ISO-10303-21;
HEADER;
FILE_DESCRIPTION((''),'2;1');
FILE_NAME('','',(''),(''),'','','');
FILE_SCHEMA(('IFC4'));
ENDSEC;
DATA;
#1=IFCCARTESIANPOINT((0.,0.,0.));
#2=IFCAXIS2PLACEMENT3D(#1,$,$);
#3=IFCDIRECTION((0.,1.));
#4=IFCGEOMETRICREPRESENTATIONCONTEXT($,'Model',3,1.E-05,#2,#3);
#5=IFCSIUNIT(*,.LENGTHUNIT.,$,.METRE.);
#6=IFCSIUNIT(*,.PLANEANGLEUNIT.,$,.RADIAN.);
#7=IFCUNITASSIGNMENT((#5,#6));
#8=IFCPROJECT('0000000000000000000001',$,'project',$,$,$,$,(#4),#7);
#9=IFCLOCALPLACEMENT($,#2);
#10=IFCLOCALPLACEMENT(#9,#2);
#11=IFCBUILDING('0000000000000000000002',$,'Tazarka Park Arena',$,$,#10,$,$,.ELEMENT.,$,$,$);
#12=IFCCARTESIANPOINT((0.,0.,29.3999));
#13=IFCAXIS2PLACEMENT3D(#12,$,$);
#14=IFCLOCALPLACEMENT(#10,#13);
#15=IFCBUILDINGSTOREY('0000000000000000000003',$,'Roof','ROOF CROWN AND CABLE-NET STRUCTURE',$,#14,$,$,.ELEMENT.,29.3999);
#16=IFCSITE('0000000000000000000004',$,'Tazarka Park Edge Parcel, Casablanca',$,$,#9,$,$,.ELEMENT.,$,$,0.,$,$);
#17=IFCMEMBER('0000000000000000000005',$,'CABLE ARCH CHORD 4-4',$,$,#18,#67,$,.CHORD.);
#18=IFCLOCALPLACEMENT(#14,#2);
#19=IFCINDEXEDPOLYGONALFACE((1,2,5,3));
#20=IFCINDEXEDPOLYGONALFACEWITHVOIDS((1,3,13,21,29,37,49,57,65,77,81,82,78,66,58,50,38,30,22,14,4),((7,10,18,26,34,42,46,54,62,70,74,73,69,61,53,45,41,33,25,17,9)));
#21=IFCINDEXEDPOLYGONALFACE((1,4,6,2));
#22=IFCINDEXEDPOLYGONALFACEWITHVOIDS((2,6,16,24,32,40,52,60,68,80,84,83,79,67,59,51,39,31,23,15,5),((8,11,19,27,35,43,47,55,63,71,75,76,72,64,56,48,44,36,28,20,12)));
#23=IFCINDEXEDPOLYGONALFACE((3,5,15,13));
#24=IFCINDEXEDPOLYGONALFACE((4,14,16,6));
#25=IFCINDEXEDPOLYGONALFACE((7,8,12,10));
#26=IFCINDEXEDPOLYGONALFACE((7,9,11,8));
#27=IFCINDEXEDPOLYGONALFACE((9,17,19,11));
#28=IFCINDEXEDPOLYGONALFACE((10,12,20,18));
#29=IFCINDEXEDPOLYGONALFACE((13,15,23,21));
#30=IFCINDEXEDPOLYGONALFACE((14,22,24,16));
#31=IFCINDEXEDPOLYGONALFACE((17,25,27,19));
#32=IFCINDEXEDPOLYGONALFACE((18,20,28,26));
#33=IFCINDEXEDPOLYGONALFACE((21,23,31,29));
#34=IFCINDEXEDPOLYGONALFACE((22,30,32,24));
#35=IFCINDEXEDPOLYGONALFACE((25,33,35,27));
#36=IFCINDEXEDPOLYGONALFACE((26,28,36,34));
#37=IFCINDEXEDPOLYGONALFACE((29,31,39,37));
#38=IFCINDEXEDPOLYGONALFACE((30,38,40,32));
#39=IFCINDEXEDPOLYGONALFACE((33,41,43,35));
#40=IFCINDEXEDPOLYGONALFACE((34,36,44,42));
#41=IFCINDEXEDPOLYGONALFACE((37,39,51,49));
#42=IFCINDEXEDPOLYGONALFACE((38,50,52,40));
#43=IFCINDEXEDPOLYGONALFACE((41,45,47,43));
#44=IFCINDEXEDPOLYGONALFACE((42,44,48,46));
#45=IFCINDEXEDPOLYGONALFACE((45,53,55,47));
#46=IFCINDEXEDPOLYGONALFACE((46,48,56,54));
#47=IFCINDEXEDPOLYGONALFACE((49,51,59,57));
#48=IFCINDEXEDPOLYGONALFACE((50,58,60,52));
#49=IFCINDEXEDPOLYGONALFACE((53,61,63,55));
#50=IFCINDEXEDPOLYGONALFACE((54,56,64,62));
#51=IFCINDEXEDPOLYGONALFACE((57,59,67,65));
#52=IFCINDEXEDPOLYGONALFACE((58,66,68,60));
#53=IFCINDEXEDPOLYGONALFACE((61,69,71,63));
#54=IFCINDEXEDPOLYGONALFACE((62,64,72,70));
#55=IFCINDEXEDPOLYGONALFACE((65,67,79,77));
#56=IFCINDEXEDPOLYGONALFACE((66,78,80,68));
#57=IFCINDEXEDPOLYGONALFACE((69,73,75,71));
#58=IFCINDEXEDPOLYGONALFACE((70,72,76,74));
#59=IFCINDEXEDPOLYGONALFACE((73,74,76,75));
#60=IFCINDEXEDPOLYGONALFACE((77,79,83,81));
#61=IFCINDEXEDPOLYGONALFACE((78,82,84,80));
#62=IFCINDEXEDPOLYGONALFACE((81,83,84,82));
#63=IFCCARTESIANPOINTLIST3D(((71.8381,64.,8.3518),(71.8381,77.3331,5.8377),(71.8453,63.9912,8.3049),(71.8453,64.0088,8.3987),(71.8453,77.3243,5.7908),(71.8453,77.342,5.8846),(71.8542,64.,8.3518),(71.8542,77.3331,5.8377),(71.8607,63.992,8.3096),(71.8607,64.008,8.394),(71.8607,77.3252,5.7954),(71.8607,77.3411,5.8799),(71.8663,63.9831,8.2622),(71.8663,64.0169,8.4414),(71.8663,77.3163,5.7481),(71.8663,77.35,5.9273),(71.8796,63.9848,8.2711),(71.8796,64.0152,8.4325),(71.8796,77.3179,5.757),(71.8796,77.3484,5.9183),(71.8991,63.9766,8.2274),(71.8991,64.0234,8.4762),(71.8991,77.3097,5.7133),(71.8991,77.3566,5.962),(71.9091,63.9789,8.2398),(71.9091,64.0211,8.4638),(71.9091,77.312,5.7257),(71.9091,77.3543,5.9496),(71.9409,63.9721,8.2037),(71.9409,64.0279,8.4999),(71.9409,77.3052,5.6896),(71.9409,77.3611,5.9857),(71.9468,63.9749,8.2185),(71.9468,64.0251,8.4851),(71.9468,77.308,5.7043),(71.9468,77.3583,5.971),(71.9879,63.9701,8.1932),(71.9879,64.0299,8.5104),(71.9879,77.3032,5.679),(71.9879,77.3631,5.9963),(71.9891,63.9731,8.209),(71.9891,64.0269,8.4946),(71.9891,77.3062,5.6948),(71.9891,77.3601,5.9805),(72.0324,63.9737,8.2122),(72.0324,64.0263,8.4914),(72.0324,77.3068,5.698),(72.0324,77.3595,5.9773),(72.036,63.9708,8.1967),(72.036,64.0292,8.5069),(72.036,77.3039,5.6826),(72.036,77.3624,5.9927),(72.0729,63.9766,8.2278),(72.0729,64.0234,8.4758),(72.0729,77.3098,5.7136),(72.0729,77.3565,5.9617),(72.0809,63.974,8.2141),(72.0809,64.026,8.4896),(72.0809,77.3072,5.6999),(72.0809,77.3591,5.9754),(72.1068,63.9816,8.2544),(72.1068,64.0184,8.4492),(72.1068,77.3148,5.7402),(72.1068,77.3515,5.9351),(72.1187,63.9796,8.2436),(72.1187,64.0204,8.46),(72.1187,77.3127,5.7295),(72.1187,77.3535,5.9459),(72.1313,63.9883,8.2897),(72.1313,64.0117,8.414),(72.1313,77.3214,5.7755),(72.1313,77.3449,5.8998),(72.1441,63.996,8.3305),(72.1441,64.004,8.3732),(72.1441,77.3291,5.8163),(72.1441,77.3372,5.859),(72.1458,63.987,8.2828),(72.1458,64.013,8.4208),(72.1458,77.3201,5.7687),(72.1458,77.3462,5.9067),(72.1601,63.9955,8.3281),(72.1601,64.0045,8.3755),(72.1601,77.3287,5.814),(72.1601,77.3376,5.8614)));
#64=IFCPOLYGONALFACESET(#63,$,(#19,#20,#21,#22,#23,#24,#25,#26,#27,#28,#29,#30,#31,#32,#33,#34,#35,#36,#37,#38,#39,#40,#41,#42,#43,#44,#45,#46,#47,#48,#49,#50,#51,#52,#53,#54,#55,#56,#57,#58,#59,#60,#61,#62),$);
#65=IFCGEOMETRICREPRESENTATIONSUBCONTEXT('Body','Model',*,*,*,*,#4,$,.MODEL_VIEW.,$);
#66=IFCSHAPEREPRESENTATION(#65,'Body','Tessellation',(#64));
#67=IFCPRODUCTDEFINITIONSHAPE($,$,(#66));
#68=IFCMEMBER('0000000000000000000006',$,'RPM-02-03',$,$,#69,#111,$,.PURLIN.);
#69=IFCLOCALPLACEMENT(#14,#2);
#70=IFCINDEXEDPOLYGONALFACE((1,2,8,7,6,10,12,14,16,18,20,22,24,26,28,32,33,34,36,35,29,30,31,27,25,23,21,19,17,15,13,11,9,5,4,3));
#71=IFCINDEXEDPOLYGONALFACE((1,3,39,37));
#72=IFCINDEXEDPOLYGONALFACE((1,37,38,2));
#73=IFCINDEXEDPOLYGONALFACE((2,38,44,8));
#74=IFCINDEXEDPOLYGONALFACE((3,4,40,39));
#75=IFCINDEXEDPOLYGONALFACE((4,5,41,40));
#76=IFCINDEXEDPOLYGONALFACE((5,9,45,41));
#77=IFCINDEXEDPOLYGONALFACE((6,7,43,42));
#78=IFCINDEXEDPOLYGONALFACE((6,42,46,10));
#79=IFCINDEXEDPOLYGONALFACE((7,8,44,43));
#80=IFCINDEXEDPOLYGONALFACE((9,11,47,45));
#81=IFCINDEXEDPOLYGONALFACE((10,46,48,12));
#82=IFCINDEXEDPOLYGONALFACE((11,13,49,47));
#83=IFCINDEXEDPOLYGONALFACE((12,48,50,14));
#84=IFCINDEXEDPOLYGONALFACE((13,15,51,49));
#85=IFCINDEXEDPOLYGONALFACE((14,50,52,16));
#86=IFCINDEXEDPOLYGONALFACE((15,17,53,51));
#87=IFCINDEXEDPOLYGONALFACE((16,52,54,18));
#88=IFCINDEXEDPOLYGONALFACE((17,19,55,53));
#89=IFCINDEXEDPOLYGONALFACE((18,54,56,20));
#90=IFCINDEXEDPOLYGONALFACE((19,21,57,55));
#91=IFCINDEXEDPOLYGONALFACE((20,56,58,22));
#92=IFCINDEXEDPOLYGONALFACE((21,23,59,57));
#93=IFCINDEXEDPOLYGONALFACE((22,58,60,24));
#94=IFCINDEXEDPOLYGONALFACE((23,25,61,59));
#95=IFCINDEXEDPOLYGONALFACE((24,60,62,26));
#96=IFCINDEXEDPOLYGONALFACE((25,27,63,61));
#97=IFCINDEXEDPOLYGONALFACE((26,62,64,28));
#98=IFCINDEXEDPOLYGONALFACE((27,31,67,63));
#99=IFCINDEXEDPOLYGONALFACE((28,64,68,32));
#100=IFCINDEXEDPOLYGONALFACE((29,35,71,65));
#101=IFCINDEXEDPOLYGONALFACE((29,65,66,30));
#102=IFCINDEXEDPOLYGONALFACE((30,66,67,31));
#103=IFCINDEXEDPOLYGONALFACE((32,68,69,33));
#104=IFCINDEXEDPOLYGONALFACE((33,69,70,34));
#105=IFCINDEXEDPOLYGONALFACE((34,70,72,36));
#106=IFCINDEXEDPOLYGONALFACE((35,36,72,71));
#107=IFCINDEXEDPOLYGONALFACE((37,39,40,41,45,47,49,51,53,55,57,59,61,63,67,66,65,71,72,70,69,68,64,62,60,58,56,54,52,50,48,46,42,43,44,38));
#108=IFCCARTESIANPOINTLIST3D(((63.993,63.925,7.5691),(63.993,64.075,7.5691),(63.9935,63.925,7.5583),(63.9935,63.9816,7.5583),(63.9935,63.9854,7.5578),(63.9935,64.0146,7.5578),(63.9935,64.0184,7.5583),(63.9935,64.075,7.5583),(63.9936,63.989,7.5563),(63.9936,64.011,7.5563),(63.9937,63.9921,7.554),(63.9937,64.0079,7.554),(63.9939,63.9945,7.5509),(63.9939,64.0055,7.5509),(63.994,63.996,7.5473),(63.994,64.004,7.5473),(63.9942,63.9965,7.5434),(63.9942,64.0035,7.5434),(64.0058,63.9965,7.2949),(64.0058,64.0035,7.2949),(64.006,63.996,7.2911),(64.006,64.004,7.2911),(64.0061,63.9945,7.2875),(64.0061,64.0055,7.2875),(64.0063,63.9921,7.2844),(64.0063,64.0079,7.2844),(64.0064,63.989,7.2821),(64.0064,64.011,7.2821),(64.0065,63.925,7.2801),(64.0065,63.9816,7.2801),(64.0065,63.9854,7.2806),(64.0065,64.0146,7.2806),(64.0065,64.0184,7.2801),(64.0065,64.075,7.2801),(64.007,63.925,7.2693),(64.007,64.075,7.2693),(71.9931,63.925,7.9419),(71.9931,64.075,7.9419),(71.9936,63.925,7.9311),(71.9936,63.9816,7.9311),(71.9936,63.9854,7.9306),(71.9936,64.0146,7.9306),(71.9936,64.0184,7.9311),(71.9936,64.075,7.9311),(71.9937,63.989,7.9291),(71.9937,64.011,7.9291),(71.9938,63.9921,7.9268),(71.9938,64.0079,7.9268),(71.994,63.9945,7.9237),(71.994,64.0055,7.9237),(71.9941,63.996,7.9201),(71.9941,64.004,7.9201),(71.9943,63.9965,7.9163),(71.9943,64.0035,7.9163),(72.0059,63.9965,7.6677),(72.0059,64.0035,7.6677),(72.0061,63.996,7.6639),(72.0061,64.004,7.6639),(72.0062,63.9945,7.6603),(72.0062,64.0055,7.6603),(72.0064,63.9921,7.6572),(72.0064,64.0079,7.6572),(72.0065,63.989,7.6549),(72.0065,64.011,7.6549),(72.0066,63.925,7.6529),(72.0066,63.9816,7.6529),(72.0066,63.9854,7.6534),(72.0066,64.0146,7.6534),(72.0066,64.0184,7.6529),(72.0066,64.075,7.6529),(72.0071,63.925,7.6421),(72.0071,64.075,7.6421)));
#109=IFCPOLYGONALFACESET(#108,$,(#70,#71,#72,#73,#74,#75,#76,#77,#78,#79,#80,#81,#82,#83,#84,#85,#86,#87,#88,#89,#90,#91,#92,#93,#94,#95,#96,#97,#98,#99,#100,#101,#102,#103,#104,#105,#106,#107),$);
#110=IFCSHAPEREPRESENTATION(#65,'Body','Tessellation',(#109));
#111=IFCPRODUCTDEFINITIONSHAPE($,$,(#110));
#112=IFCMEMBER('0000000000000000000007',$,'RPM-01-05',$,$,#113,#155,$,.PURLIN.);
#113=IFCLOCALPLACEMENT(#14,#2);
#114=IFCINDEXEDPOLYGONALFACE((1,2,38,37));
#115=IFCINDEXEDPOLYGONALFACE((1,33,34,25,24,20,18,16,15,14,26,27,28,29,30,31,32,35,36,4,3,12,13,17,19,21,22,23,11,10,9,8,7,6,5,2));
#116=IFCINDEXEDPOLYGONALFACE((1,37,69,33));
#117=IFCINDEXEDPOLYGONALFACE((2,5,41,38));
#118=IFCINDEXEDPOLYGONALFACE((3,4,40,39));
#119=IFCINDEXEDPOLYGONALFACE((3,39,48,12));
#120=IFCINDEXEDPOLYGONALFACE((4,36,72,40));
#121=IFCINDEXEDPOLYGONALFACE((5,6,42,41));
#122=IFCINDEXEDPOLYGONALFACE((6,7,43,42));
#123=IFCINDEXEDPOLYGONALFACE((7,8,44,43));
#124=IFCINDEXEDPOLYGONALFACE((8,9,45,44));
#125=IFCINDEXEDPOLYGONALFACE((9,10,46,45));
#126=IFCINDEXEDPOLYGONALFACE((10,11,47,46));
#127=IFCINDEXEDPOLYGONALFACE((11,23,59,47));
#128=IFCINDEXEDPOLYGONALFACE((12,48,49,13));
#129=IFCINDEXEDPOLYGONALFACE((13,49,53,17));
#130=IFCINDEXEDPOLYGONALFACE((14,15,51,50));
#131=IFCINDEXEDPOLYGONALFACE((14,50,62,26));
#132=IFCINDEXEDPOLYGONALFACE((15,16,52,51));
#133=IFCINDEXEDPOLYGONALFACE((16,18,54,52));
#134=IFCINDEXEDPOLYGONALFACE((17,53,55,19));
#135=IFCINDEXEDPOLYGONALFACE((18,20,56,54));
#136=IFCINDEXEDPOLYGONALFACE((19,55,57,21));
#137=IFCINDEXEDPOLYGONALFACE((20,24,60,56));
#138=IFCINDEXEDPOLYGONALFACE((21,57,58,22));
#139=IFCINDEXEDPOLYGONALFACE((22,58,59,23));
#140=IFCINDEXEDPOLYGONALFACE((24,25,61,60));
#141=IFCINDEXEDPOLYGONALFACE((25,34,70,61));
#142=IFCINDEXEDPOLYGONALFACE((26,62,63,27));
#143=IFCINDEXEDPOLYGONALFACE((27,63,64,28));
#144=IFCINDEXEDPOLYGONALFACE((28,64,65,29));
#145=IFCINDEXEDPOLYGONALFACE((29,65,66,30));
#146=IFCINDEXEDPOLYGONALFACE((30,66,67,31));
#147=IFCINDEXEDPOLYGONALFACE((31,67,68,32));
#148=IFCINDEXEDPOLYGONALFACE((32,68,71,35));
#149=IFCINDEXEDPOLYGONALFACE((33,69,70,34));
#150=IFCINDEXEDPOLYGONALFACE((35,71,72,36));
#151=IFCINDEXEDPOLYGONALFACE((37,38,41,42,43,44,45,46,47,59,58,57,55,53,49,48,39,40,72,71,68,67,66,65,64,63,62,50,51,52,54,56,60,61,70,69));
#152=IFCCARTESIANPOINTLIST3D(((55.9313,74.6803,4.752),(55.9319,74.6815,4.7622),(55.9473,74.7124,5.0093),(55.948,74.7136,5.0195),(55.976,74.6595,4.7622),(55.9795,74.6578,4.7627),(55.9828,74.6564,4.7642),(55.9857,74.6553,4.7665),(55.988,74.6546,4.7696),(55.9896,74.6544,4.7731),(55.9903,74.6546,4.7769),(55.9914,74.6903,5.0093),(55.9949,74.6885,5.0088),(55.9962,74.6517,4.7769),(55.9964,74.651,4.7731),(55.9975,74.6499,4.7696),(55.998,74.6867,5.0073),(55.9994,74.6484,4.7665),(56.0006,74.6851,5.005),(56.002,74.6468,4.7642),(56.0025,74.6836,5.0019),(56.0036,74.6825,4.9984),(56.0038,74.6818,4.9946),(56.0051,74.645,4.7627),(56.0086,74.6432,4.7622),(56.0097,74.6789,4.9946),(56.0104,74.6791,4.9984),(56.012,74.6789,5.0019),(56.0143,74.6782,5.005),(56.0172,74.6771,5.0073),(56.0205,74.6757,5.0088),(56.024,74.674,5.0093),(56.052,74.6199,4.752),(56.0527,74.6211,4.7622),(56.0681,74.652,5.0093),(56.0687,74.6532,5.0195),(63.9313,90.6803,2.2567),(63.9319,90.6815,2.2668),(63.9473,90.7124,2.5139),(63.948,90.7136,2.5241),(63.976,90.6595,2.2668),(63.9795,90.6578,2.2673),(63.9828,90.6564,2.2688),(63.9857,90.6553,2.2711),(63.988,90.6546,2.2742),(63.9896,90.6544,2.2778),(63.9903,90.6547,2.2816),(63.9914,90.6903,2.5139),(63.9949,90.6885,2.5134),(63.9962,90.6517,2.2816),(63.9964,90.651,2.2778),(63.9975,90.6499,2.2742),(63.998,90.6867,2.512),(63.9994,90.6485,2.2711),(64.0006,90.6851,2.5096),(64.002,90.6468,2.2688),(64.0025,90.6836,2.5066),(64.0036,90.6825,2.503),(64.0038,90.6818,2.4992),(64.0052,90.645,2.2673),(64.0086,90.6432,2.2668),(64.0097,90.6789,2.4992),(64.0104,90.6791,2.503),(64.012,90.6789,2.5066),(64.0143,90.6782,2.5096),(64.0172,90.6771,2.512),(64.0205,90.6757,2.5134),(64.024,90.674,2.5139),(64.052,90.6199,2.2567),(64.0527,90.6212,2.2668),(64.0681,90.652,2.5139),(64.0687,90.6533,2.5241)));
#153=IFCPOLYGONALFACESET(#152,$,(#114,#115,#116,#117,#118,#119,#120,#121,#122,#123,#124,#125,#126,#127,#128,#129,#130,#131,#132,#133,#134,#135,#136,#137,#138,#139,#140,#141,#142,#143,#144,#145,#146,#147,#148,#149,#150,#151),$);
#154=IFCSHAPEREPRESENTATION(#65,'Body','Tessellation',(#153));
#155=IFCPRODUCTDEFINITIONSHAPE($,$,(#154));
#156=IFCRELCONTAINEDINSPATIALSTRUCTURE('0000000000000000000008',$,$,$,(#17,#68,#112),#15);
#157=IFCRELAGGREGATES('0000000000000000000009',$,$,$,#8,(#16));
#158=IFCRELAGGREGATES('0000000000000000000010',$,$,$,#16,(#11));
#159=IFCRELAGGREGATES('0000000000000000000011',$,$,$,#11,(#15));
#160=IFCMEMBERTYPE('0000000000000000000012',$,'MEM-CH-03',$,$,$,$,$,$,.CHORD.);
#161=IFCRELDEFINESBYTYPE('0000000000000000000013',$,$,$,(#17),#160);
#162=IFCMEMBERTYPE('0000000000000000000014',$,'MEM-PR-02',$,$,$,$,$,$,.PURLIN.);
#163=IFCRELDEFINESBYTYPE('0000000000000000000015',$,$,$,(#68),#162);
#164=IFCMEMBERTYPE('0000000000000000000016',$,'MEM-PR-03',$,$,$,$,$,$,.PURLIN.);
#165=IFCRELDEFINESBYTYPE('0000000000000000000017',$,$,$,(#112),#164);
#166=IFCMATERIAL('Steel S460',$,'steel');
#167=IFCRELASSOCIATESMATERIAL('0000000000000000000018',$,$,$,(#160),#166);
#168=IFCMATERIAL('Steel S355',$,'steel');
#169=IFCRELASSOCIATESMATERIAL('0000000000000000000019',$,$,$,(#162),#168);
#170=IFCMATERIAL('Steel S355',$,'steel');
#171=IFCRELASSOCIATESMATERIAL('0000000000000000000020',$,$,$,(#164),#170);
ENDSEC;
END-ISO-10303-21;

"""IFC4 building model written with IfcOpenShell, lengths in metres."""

from ifc_helpers import new_model, si_unit, direction, frame, origin, origin_2d, place, context, subcontext, project, spatial, hollow_circle, i_section, extrude, material, material_profile, profile_set, type_object, element, save


model = new_model("IFC4")

# Units and contexts
model_context = context("Model", 3, precision=1e-05, world=origin(), true_north=direction((0.0, 1.0)))
body_context = subcontext(model_context, "Body", "Model", "MODEL_VIEW")
ifc_project = project(units=[si_unit("LENGTHUNIT", "METRE"), si_unit("PLANEANGLEUNIT", "RADIAN")], contexts=[model_context])

# Site, building, storey
site_placement = place(None, origin())
site = spatial("IfcSite", under=ifc_project, at=site_placement, Name="Tazarka Park Edge Parcel, Casablanca", CompositionType="ELEMENT", RefElevation=0.0)
building_placement = place(site_placement, origin())
building = spatial("IfcBuilding", under=site, at=building_placement, Name="Tazarka Park Arena", CompositionType="ELEMENT")
storey_placement = place(building_placement, frame((0.0, 0.0, 29.3999)))
storey = spatial("IfcBuildingStorey", under=building, at=storey_placement, Name="Roof", Description="ROOF CROWN AND CABLE-NET STRUCTURE", CompositionType="ELEMENT", Elevation=29.3999)

# Members
ifc_material_1 = material(Name="Steel S460", Category="steel")
ifc_material_profile_1 = material_profile(ifc_material_1, hollow_circle(Radius=0.1619, WallThickness=0.0161, at=origin_2d()), Name="Steel S460")
ifc_profile_set_1 = profile_set([ifc_material_profile_1], Name="Steel S460")
member_type_1 = type_object("IfcMemberType", Name="MEM-CH-03", PredefinedType="CHORD", material=ifc_profile_set_1)
for number, where, z_axis, x_axis, name in (
    (1, (72.0, 64.0, 8.3518), (0.0, 0.982682, -0.185298), (-1.0, 0.0, 0.0), "CABLE ARCH CHORD 4-4"),
):
    element("IfcMember", number, at=place(storey_placement, frame(where, z_axis=z_axis, x_axis=x_axis)), inside=storey, type_object=member_type_1, Name=name, PredefinedType="CHORD", context=body_context, shape_type="SweptSolid", body=[
        extrude(hollow_circle(Radius=0.1619, WallThickness=0.0161, at=origin_2d()), origin(), (0.0, 0.0, 1.0), 13.5681),
    ])
ifc_material_2 = material(Name="Steel S355", Category="steel")
ifc_material_profile_2 = material_profile(ifc_material_2, i_section(OverallWidth=0.1499, OverallDepth=0.3, WebThickness=0.0071, FlangeThickness=0.0107, FilletRadius=0.0149, at=origin_2d()), Name="Steel S355")
ifc_profile_set_2 = profile_set([ifc_material_profile_2], Name="Steel S355")
member_type_2 = type_object("IfcMemberType", Name="MEM-PR-02", PredefinedType="PURLIN", material=ifc_profile_set_2)
member_1_placement = place(storey_placement, frame((64.0, 64.0, 7.4192), z_axis=(0.998916, 0.0, 0.04655), x_axis=(0.0, 1.0, 0.0)))
element("IfcMember", 2, at=member_1_placement, inside=storey, type_object=member_type_2, Name="RPM-02-03", PredefinedType="PURLIN", context=body_context, shape_type="SweptSolid", body=[
    extrude(i_section(OverallWidth=0.1499, OverallDepth=0.3, WebThickness=0.0071, FlangeThickness=0.0107, FilletRadius=0.0149, at=origin_2d()), origin(), (0.0, 0.0, 1.0), 8.0088),
])
ifc_material_3 = material(Name="Steel S355", Category="steel")
ifc_material_profile_3 = material_profile(ifc_material_3, i_section(OverallWidth=0.135, OverallDepth=0.27, WebThickness=0.0066, FlangeThickness=0.0103, FilletRadius=0.0149, at=origin_2d()), Name="Steel S355")
ifc_profile_set_3 = profile_set([ifc_material_profile_3], Name="Steel S355")
member_type_3 = type_object("IfcMemberType", Name="MEM-PR-03", PredefinedType="PURLIN", material=ifc_profile_set_3)
member_2_placement = place(storey_placement, frame((56.0, 74.6667, 4.8857), z_axis=(0.442925, 0.88585, -0.138157), x_axis=(-0.894427, 0.447214, 0.0)))
element("IfcMember", 3, at=member_2_placement, inside=storey, type_object=member_type_3, Name="RPM-01-05", PredefinedType="PURLIN", context=body_context, shape_type="SweptSolid", body=[
    extrude(i_section(OverallWidth=0.135, OverallDepth=0.27, WebThickness=0.0066, FlangeThickness=0.0103, FilletRadius=0.0149, at=origin_2d()), origin(), (0.0, 0.0, 1.0), 18.0618),
])

save(model, "model.ifc")
